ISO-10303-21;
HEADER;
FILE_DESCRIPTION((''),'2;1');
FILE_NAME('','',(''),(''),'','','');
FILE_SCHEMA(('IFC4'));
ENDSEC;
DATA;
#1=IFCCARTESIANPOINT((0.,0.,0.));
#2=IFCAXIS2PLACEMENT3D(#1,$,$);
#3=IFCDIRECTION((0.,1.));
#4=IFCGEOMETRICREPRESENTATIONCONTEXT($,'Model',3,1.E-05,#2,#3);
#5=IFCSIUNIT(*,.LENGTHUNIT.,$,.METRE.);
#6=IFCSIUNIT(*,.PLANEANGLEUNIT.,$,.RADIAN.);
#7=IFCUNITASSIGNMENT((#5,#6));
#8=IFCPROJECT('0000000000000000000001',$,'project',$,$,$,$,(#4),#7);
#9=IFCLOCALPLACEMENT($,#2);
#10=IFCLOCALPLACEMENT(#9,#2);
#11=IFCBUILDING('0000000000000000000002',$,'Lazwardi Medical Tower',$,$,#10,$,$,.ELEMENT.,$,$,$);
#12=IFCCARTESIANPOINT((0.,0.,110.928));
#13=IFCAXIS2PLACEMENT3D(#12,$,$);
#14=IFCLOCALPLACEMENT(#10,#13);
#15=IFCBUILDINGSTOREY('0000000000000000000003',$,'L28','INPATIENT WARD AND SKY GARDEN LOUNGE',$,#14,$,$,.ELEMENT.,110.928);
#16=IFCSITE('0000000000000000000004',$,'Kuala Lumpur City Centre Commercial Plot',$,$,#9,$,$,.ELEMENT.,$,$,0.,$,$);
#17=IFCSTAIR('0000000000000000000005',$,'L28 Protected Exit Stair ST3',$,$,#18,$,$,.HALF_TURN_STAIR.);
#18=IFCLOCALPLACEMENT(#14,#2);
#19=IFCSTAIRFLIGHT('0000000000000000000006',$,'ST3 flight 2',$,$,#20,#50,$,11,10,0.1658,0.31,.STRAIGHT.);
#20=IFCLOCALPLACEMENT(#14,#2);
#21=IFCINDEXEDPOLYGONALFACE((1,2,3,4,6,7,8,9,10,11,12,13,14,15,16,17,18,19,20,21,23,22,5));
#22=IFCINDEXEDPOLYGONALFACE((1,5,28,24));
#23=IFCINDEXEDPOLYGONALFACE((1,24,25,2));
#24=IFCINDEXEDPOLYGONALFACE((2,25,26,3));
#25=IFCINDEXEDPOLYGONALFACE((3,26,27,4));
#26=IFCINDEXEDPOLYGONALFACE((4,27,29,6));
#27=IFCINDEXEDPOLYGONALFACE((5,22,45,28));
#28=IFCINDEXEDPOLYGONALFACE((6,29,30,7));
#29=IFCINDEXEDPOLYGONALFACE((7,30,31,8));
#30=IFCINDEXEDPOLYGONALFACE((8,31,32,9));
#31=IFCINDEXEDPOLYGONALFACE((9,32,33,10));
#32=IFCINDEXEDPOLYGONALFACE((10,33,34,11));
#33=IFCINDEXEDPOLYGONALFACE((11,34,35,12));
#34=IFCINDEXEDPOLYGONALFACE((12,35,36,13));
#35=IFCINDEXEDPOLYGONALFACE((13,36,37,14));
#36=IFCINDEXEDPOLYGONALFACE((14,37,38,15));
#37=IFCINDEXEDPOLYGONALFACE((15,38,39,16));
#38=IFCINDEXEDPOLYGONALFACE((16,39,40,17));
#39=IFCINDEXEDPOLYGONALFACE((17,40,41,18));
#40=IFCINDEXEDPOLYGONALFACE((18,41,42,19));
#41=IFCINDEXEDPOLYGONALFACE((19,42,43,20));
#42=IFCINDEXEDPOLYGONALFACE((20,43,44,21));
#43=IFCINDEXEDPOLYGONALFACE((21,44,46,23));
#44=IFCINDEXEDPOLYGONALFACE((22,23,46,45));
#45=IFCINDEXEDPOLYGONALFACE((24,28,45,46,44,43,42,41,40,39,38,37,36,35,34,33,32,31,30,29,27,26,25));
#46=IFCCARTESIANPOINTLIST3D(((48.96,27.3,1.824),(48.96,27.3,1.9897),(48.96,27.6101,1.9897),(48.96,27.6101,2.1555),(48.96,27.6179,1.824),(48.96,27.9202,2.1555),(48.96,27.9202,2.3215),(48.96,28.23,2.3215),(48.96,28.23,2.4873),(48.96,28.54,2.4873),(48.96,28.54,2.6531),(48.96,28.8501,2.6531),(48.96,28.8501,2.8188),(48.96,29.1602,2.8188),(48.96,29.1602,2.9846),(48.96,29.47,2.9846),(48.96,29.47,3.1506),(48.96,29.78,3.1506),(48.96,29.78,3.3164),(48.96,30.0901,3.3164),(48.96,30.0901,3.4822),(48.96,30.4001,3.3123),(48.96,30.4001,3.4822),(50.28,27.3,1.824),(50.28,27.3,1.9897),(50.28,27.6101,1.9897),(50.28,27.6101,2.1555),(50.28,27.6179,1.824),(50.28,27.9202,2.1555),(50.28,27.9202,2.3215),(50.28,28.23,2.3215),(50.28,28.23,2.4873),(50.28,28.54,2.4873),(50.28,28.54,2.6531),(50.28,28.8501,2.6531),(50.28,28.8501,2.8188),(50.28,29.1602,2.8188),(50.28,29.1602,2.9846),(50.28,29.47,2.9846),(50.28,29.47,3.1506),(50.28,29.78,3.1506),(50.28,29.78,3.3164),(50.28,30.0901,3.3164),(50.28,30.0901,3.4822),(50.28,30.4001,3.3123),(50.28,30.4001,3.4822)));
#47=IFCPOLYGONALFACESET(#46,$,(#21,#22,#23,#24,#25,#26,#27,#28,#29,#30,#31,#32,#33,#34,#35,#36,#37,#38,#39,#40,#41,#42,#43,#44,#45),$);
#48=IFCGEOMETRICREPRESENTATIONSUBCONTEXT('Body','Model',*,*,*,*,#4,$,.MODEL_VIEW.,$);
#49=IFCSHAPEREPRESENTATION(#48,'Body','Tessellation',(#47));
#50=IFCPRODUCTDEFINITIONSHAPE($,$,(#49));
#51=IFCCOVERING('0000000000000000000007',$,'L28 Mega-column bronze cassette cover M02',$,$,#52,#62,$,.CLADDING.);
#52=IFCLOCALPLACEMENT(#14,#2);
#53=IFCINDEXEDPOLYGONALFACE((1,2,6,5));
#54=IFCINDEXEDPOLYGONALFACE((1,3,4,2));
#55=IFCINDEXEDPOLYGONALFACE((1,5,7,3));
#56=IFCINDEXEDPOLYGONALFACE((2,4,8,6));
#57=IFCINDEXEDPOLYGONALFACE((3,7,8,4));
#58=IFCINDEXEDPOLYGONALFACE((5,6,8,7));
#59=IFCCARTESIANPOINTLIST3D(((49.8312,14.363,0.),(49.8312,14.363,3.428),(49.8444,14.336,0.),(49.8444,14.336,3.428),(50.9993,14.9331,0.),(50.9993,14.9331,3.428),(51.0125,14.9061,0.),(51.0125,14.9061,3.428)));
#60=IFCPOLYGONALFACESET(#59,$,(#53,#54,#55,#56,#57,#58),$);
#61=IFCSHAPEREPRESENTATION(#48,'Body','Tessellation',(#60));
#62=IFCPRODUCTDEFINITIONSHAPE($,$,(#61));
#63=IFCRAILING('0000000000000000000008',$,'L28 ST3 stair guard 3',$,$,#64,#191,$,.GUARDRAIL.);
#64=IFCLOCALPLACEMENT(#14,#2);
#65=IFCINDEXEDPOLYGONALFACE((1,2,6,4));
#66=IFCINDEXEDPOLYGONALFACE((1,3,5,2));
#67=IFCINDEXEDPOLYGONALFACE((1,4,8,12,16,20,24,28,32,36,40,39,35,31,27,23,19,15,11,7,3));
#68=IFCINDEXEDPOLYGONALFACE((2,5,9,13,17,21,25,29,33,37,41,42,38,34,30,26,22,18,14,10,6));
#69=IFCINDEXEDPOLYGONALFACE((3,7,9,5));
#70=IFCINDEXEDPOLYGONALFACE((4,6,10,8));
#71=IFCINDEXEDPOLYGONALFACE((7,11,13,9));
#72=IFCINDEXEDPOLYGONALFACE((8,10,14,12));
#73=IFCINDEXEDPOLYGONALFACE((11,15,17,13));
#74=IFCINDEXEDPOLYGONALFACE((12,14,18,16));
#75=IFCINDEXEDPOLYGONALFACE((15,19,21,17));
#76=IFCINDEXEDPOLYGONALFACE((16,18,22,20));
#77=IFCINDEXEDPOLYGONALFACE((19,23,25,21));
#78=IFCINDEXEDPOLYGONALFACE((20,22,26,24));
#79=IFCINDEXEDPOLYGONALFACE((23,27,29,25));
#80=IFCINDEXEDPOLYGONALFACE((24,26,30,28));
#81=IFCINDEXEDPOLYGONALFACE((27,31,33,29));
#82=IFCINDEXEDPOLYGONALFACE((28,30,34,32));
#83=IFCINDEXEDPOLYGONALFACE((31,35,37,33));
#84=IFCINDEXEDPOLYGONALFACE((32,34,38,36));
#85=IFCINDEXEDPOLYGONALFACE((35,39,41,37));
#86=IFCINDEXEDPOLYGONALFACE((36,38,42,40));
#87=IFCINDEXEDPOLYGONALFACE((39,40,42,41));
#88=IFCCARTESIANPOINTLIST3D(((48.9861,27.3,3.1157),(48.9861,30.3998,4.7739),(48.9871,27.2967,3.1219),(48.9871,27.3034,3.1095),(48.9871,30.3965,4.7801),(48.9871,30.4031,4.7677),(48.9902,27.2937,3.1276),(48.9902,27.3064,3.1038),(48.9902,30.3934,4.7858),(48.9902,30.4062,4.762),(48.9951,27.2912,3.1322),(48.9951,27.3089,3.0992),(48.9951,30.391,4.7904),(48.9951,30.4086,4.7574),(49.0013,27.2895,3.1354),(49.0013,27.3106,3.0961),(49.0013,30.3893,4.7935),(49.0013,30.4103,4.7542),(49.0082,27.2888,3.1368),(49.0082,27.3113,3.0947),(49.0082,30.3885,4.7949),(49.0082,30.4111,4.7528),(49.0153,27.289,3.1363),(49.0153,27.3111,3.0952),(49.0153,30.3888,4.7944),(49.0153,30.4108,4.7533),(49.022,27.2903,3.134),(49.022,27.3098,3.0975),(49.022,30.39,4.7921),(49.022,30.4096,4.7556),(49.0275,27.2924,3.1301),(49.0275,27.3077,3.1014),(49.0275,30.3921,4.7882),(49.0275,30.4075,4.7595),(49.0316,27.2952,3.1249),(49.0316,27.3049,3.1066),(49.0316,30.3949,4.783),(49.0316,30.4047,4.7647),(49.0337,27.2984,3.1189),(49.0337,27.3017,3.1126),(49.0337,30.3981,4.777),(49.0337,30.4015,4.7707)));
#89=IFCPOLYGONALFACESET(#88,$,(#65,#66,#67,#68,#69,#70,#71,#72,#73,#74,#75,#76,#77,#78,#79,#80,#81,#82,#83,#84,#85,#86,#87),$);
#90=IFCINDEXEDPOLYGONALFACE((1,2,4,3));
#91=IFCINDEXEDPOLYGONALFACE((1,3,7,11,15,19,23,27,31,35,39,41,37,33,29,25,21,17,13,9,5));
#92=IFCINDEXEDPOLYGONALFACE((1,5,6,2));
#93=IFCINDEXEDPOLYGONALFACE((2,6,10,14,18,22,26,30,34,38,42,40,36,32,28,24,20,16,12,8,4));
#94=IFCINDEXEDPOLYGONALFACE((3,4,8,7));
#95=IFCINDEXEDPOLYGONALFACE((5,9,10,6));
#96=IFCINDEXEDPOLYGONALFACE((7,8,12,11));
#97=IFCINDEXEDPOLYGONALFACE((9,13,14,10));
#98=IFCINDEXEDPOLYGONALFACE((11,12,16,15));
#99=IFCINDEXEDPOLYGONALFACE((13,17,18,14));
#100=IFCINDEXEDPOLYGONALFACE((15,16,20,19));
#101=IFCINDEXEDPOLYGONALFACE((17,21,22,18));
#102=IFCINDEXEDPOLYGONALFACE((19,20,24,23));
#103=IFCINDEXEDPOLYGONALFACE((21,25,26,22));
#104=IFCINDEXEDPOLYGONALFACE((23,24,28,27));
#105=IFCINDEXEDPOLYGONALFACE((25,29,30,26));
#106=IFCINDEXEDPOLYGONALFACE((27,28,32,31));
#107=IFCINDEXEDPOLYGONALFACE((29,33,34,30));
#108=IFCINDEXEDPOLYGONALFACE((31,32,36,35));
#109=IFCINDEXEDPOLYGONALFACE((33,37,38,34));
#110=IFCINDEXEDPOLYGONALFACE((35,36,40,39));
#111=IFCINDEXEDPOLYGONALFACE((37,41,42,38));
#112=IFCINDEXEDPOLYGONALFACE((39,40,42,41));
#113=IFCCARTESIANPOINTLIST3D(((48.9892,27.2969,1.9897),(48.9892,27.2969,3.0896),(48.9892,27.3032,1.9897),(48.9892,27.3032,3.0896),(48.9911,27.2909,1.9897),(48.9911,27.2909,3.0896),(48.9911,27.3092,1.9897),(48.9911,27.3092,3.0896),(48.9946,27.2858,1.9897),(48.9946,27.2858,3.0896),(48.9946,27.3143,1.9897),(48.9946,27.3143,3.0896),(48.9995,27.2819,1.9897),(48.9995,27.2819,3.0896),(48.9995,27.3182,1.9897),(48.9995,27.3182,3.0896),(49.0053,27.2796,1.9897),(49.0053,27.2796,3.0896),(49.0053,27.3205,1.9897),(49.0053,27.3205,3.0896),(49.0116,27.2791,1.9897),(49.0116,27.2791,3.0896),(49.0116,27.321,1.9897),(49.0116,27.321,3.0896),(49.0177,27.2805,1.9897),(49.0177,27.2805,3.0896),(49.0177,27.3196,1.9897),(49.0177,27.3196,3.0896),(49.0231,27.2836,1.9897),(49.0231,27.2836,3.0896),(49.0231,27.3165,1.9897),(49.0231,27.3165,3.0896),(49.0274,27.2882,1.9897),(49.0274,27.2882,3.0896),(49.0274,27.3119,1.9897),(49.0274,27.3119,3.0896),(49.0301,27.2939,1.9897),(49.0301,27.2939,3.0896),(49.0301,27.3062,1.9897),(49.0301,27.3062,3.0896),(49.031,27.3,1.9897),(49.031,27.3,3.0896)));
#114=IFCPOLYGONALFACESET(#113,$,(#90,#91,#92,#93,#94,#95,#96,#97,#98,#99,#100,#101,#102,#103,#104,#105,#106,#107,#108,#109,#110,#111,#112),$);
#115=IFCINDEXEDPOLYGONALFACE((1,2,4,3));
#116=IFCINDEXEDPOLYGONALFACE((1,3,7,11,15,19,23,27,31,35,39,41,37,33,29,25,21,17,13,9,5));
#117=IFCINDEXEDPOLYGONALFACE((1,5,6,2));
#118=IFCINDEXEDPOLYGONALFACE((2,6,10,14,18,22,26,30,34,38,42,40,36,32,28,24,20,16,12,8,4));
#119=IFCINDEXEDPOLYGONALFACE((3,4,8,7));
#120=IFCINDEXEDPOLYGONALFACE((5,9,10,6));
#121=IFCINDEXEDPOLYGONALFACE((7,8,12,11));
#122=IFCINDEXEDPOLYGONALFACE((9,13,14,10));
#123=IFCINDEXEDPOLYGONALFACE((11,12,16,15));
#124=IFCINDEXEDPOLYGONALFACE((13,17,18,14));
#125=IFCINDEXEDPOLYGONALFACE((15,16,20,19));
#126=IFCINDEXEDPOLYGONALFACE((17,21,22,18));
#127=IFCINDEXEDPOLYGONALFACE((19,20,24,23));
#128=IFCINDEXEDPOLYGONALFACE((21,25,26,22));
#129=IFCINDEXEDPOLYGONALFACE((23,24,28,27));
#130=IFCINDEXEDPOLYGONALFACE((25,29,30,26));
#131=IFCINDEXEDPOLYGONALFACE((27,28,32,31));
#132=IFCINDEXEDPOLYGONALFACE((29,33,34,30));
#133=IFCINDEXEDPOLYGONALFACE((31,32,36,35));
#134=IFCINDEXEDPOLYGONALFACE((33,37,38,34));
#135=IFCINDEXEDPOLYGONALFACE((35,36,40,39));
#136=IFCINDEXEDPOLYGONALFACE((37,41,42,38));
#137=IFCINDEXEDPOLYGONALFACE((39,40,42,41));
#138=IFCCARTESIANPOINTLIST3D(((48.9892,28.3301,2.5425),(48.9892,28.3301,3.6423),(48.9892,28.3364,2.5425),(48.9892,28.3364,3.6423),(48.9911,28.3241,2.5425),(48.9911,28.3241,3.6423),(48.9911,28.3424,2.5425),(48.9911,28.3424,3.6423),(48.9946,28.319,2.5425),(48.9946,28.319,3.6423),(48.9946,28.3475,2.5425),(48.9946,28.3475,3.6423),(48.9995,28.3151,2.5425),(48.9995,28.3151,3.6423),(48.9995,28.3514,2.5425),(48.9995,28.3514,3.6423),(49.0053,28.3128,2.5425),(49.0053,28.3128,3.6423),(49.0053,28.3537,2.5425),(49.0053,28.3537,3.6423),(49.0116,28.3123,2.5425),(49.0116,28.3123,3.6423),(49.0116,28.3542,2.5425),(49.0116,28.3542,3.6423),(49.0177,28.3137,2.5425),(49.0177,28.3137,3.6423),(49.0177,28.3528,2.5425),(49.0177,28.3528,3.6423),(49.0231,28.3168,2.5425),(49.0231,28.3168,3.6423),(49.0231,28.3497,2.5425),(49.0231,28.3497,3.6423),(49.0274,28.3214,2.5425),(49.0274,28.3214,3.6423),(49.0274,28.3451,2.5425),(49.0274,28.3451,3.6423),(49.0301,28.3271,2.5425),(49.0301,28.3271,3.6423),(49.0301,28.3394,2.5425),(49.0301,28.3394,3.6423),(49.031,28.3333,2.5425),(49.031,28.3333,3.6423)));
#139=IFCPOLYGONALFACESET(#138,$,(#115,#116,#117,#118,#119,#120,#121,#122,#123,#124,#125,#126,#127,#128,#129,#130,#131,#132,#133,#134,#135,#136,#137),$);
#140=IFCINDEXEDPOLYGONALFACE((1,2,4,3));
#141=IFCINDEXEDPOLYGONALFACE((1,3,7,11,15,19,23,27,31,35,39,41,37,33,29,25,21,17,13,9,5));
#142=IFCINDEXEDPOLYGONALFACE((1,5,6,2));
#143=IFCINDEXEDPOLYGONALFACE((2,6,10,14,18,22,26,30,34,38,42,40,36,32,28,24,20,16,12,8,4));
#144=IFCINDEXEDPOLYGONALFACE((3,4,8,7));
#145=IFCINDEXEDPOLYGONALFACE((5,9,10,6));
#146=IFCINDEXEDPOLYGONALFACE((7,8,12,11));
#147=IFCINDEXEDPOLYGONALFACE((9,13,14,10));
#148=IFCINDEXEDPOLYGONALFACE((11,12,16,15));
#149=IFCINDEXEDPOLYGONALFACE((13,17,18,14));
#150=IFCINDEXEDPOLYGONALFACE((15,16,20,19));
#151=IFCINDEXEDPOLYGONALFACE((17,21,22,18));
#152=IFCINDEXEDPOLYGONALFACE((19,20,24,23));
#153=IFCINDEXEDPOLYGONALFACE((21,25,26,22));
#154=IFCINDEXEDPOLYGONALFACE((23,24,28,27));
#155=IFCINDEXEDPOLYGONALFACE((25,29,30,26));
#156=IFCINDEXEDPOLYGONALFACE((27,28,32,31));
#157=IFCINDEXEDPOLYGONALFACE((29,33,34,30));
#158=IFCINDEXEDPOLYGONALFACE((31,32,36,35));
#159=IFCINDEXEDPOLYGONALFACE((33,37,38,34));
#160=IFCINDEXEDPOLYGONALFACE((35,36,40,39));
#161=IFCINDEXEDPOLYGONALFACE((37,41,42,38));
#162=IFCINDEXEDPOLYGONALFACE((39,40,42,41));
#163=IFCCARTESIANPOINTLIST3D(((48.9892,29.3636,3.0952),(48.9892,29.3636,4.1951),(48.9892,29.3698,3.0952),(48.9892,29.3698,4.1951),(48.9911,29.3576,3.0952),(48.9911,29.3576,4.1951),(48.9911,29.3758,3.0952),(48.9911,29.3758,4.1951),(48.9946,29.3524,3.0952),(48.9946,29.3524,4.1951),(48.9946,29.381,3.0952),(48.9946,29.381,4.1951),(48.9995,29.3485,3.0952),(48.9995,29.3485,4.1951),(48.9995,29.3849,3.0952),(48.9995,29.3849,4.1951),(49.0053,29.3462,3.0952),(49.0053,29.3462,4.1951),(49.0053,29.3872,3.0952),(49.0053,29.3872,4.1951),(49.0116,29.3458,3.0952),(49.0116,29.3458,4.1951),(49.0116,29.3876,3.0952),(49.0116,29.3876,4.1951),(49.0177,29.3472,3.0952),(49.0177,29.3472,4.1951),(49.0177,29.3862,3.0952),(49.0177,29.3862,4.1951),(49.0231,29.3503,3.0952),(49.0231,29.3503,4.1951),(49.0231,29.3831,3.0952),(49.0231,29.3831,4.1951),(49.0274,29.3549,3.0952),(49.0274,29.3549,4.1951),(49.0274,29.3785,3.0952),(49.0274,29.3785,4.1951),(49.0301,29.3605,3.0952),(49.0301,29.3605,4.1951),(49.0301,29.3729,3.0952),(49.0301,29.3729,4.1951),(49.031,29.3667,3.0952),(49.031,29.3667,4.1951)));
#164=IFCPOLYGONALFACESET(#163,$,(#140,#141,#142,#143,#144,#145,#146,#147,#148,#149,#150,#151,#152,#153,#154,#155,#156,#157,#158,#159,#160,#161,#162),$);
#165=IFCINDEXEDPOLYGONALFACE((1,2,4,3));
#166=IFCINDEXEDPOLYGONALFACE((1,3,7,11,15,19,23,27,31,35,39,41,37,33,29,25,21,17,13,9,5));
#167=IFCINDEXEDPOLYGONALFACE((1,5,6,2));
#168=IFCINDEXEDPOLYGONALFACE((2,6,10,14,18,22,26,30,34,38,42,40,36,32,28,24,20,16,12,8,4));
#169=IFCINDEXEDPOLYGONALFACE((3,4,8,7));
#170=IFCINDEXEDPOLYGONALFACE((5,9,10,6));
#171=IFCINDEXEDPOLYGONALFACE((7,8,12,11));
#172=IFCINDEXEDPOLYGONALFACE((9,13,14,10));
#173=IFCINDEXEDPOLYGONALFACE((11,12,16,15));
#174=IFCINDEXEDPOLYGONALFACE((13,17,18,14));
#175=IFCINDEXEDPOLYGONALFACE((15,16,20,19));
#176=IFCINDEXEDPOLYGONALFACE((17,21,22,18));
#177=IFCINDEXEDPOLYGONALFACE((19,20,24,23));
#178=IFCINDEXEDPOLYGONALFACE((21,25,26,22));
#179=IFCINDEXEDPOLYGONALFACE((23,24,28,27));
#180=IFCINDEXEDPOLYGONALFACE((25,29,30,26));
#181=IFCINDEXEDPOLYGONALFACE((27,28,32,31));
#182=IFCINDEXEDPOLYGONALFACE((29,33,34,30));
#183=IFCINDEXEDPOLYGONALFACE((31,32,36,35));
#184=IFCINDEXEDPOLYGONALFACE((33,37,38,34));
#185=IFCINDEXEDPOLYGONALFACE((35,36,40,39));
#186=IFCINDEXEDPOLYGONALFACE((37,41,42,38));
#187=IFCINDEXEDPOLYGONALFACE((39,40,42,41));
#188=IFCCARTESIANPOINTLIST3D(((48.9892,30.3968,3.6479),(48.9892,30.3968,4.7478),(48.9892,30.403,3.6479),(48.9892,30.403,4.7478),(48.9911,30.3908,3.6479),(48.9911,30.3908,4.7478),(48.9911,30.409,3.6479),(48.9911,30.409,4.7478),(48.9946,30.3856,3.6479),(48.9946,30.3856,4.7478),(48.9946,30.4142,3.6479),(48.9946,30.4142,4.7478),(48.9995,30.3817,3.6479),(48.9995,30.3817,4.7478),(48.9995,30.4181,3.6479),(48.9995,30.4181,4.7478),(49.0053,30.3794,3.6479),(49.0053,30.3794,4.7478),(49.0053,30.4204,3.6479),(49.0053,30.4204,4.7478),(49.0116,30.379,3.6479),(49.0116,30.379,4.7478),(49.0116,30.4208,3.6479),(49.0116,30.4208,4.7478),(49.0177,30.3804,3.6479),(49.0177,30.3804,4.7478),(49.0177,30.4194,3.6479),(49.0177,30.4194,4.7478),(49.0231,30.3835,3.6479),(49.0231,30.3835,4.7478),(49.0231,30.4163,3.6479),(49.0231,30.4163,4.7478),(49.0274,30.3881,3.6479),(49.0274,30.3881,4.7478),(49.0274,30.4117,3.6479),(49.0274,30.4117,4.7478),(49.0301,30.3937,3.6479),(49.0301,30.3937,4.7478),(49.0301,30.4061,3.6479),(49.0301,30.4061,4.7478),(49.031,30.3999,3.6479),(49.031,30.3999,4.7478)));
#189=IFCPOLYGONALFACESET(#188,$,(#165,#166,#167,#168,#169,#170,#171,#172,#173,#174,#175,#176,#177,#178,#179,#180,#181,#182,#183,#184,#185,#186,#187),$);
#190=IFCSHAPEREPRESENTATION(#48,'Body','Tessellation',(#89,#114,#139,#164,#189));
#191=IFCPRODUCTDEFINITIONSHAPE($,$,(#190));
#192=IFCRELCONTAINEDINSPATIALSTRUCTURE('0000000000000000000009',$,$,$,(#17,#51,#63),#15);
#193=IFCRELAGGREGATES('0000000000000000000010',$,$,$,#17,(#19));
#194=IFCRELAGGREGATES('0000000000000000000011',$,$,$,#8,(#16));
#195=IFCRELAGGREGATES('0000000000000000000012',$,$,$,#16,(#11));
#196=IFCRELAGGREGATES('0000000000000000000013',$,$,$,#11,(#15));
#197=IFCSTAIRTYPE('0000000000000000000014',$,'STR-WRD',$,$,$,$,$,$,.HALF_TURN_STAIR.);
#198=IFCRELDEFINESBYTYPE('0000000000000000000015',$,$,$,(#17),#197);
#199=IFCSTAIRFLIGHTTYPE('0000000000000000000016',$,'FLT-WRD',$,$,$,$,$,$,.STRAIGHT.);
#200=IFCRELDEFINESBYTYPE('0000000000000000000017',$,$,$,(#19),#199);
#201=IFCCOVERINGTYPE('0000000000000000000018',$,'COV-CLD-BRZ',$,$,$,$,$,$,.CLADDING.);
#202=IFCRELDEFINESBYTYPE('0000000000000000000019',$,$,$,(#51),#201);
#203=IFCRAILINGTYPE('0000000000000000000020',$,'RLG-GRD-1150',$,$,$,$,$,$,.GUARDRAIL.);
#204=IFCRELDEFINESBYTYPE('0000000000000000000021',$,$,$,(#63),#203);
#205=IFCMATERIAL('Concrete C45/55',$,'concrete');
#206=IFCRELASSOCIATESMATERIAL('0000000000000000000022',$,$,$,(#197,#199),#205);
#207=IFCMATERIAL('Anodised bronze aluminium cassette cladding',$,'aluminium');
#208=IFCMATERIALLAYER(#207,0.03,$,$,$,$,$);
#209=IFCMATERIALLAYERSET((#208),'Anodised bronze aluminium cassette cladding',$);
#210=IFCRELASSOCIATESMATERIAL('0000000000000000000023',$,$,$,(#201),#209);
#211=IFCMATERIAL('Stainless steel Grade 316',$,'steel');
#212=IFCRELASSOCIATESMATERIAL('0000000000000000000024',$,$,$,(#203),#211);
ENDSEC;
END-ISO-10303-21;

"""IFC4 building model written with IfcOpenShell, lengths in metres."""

from ifc_helpers import new_model, si_unit, direction, frame, origin, origin_2d, place, context, subcontext, project, spatial, polyline, rectangle, circle, outline, extrude, material, layer, layer_set, type_object, element, aggregate, save


model = new_model("IFC4")

# Units and contexts
model_context = context("Model", 3, precision=1e-05, world=origin(), true_north=direction((0.0, 1.0)))
body_context = subcontext(model_context, "Body", "Model", "MODEL_VIEW")
ifc_project = project(units=[si_unit("LENGTHUNIT", "METRE"), si_unit("PLANEANGLEUNIT", "RADIAN")], contexts=[model_context])

# Site, building, storey
site_placement = place(None, origin())
site = spatial("IfcSite", under=ifc_project, at=site_placement, Name="Kuala Lumpur City Centre Commercial Plot", CompositionType="ELEMENT", RefElevation=0.0)
building_placement = place(site_placement, origin())
building = spatial("IfcBuilding", under=site, at=building_placement, Name="Lazwardi Medical Tower", CompositionType="ELEMENT")
storey_placement = place(building_placement, frame((0.0, 0.0, 110.928)))
storey = spatial("IfcBuildingStorey", under=building, at=storey_placement, Name="L28", Description="INPATIENT WARD AND SKY GARDEN LOUNGE", CompositionType="ELEMENT", Elevation=110.928)

# Stair, stair flight
ifc_material_1 = material(Name="Concrete C45/55", Category="concrete")
stair_type = type_object("IfcStairType", Name="STR-WRD", PredefinedType="HALF_TURN_STAIR", material=ifc_material_1)
stair_placement = place(storey_placement, origin())
stair = element("IfcStair", 1, at=stair_placement, inside=storey, type_object=stair_type, Name="L28 Protected Exit Stair ST3", PredefinedType="HALF_TURN_STAIR")
stair_flight_type = type_object("IfcStairFlightType", Name="FLT-WRD", PredefinedType="STRAIGHT", material=ifc_material_1)
stair_flight_placement = place(storey_placement, frame((49.6201, 27.3, 1.824), z_axis=(0.0, 0.0, 1.0), x_axis=(0.0, 1.0, 0.0)))
stair_flight = element("IfcStairFlight", 2, at=stair_flight_placement, type_object=stair_flight_type, Name="ST3 flight 2", NumberOfRisers=11, NumberOfTreads=10, PredefinedType="STRAIGHT", RiserHeight=0.1658, TreadLength=0.31, context=body_context, shape_type="SweptSolid", body=[
    extrude(outline(polyline([(0.0, 0.0), (0.0, 0.1658), (0.3101, 0.1658), (0.3101, 0.3315), (0.6201, 0.3315), (0.6201, 0.4976), (0.9299, 0.4976), (0.9299, 0.6633), (1.24, 0.6633), (1.24, 0.8291), (1.55, 0.8291), (1.55, 0.9949), (1.8601, 0.9949), (1.8601, 1.1606), (2.1699, 1.1606), (2.1699, 1.3267), (2.48, 1.3267), (2.48, 1.4924), (2.79, 1.4924), (2.79, 1.6582), (3.1001, 1.6582), (3.1001, 1.824), (3.1001, 1.4883), (0.3179, 0.0), (0.0, 0.0)])), frame((0.0, 0.6602, 0.0), z_axis=(0.0, -1.0, 0.0), x_axis=(1.0, 0.0, 0.0)), (0.0, 0.0, 1.0), 1.3201),
])
aggregate(stair, [stair_flight])

# Covering
ifc_material_2 = material(Name="Anodised bronze aluminium cassette cladding", Category="aluminium")
ifc_layer_1 = layer(ifc_material_2, 0.03)
ifc_layer_set_1 = layer_set([ifc_layer_1], Name="Anodised bronze aluminium cassette cladding")
covering_type = type_object("IfcCoveringType", Name="COV-CLD-BRZ", PredefinedType="CLADDING", material=ifc_layer_set_1)
covering_placement = place(storey_placement, frame((50.4219, 14.6345, 0.0), z_axis=(0.0, 0.0, 1.0), x_axis=(0.898679, 0.438606, 0.0)))
element("IfcCovering", 3, at=covering_placement, inside=storey, type_object=covering_type, Name="L28 Mega-column bronze cassette cover M02", PredefinedType="CLADDING", context=body_context, shape_type="SweptSolid", body=[
    extrude(rectangle(XDim=1.2998, YDim=0.03, at=origin_2d()), origin(), (0.0, 0.0, 1.0), 3.428),
])

# Railing
ifc_material_3 = material(Name="Stainless steel Grade 316", Category="steel")
railing_type_1 = type_object("IfcRailingType", Name="RLG-GRD-1150", PredefinedType="GUARDRAIL", material=ifc_material_3)
railing_1_placement = place(storey_placement, frame((49.01, 27.3, 1.9897)))
element("IfcRailing", 4, at=railing_1_placement, inside=storey, type_object=railing_type_1, Name="L28 ST3 stair guard 3", PredefinedType="GUARDRAIL", context=body_context, shape_type="SweptSolid", body=[
    extrude(circle(Radius=0.0239, at=origin_2d()), frame((0.0, 0.0, 1.126), z_axis=(0.0, 0.881768, 0.471684), x_axis=(-1.0, 0.0, 0.0)), (0.0, 0.0, 1.0), 3.5154),
    extrude(circle(Radius=0.021, at=origin_2d()), origin(), (0.0, 0.0, 1.0), 1.0999),
    extrude(circle(Radius=0.021, at=origin_2d()), frame((0.0, 1.0332, 0.5527)), (0.0, 0.0, 1.0), 1.0999),
    extrude(circle(Radius=0.021, at=origin_2d()), frame((0.0, 2.0667, 1.1055)), (0.0, 0.0, 1.0), 1.0999),
    extrude(circle(Radius=0.021, at=origin_2d()), frame((0.0, 3.0999, 1.6582)), (0.0, 0.0, 1.0), 1.0999),
])

save(model, "model.ifc")
